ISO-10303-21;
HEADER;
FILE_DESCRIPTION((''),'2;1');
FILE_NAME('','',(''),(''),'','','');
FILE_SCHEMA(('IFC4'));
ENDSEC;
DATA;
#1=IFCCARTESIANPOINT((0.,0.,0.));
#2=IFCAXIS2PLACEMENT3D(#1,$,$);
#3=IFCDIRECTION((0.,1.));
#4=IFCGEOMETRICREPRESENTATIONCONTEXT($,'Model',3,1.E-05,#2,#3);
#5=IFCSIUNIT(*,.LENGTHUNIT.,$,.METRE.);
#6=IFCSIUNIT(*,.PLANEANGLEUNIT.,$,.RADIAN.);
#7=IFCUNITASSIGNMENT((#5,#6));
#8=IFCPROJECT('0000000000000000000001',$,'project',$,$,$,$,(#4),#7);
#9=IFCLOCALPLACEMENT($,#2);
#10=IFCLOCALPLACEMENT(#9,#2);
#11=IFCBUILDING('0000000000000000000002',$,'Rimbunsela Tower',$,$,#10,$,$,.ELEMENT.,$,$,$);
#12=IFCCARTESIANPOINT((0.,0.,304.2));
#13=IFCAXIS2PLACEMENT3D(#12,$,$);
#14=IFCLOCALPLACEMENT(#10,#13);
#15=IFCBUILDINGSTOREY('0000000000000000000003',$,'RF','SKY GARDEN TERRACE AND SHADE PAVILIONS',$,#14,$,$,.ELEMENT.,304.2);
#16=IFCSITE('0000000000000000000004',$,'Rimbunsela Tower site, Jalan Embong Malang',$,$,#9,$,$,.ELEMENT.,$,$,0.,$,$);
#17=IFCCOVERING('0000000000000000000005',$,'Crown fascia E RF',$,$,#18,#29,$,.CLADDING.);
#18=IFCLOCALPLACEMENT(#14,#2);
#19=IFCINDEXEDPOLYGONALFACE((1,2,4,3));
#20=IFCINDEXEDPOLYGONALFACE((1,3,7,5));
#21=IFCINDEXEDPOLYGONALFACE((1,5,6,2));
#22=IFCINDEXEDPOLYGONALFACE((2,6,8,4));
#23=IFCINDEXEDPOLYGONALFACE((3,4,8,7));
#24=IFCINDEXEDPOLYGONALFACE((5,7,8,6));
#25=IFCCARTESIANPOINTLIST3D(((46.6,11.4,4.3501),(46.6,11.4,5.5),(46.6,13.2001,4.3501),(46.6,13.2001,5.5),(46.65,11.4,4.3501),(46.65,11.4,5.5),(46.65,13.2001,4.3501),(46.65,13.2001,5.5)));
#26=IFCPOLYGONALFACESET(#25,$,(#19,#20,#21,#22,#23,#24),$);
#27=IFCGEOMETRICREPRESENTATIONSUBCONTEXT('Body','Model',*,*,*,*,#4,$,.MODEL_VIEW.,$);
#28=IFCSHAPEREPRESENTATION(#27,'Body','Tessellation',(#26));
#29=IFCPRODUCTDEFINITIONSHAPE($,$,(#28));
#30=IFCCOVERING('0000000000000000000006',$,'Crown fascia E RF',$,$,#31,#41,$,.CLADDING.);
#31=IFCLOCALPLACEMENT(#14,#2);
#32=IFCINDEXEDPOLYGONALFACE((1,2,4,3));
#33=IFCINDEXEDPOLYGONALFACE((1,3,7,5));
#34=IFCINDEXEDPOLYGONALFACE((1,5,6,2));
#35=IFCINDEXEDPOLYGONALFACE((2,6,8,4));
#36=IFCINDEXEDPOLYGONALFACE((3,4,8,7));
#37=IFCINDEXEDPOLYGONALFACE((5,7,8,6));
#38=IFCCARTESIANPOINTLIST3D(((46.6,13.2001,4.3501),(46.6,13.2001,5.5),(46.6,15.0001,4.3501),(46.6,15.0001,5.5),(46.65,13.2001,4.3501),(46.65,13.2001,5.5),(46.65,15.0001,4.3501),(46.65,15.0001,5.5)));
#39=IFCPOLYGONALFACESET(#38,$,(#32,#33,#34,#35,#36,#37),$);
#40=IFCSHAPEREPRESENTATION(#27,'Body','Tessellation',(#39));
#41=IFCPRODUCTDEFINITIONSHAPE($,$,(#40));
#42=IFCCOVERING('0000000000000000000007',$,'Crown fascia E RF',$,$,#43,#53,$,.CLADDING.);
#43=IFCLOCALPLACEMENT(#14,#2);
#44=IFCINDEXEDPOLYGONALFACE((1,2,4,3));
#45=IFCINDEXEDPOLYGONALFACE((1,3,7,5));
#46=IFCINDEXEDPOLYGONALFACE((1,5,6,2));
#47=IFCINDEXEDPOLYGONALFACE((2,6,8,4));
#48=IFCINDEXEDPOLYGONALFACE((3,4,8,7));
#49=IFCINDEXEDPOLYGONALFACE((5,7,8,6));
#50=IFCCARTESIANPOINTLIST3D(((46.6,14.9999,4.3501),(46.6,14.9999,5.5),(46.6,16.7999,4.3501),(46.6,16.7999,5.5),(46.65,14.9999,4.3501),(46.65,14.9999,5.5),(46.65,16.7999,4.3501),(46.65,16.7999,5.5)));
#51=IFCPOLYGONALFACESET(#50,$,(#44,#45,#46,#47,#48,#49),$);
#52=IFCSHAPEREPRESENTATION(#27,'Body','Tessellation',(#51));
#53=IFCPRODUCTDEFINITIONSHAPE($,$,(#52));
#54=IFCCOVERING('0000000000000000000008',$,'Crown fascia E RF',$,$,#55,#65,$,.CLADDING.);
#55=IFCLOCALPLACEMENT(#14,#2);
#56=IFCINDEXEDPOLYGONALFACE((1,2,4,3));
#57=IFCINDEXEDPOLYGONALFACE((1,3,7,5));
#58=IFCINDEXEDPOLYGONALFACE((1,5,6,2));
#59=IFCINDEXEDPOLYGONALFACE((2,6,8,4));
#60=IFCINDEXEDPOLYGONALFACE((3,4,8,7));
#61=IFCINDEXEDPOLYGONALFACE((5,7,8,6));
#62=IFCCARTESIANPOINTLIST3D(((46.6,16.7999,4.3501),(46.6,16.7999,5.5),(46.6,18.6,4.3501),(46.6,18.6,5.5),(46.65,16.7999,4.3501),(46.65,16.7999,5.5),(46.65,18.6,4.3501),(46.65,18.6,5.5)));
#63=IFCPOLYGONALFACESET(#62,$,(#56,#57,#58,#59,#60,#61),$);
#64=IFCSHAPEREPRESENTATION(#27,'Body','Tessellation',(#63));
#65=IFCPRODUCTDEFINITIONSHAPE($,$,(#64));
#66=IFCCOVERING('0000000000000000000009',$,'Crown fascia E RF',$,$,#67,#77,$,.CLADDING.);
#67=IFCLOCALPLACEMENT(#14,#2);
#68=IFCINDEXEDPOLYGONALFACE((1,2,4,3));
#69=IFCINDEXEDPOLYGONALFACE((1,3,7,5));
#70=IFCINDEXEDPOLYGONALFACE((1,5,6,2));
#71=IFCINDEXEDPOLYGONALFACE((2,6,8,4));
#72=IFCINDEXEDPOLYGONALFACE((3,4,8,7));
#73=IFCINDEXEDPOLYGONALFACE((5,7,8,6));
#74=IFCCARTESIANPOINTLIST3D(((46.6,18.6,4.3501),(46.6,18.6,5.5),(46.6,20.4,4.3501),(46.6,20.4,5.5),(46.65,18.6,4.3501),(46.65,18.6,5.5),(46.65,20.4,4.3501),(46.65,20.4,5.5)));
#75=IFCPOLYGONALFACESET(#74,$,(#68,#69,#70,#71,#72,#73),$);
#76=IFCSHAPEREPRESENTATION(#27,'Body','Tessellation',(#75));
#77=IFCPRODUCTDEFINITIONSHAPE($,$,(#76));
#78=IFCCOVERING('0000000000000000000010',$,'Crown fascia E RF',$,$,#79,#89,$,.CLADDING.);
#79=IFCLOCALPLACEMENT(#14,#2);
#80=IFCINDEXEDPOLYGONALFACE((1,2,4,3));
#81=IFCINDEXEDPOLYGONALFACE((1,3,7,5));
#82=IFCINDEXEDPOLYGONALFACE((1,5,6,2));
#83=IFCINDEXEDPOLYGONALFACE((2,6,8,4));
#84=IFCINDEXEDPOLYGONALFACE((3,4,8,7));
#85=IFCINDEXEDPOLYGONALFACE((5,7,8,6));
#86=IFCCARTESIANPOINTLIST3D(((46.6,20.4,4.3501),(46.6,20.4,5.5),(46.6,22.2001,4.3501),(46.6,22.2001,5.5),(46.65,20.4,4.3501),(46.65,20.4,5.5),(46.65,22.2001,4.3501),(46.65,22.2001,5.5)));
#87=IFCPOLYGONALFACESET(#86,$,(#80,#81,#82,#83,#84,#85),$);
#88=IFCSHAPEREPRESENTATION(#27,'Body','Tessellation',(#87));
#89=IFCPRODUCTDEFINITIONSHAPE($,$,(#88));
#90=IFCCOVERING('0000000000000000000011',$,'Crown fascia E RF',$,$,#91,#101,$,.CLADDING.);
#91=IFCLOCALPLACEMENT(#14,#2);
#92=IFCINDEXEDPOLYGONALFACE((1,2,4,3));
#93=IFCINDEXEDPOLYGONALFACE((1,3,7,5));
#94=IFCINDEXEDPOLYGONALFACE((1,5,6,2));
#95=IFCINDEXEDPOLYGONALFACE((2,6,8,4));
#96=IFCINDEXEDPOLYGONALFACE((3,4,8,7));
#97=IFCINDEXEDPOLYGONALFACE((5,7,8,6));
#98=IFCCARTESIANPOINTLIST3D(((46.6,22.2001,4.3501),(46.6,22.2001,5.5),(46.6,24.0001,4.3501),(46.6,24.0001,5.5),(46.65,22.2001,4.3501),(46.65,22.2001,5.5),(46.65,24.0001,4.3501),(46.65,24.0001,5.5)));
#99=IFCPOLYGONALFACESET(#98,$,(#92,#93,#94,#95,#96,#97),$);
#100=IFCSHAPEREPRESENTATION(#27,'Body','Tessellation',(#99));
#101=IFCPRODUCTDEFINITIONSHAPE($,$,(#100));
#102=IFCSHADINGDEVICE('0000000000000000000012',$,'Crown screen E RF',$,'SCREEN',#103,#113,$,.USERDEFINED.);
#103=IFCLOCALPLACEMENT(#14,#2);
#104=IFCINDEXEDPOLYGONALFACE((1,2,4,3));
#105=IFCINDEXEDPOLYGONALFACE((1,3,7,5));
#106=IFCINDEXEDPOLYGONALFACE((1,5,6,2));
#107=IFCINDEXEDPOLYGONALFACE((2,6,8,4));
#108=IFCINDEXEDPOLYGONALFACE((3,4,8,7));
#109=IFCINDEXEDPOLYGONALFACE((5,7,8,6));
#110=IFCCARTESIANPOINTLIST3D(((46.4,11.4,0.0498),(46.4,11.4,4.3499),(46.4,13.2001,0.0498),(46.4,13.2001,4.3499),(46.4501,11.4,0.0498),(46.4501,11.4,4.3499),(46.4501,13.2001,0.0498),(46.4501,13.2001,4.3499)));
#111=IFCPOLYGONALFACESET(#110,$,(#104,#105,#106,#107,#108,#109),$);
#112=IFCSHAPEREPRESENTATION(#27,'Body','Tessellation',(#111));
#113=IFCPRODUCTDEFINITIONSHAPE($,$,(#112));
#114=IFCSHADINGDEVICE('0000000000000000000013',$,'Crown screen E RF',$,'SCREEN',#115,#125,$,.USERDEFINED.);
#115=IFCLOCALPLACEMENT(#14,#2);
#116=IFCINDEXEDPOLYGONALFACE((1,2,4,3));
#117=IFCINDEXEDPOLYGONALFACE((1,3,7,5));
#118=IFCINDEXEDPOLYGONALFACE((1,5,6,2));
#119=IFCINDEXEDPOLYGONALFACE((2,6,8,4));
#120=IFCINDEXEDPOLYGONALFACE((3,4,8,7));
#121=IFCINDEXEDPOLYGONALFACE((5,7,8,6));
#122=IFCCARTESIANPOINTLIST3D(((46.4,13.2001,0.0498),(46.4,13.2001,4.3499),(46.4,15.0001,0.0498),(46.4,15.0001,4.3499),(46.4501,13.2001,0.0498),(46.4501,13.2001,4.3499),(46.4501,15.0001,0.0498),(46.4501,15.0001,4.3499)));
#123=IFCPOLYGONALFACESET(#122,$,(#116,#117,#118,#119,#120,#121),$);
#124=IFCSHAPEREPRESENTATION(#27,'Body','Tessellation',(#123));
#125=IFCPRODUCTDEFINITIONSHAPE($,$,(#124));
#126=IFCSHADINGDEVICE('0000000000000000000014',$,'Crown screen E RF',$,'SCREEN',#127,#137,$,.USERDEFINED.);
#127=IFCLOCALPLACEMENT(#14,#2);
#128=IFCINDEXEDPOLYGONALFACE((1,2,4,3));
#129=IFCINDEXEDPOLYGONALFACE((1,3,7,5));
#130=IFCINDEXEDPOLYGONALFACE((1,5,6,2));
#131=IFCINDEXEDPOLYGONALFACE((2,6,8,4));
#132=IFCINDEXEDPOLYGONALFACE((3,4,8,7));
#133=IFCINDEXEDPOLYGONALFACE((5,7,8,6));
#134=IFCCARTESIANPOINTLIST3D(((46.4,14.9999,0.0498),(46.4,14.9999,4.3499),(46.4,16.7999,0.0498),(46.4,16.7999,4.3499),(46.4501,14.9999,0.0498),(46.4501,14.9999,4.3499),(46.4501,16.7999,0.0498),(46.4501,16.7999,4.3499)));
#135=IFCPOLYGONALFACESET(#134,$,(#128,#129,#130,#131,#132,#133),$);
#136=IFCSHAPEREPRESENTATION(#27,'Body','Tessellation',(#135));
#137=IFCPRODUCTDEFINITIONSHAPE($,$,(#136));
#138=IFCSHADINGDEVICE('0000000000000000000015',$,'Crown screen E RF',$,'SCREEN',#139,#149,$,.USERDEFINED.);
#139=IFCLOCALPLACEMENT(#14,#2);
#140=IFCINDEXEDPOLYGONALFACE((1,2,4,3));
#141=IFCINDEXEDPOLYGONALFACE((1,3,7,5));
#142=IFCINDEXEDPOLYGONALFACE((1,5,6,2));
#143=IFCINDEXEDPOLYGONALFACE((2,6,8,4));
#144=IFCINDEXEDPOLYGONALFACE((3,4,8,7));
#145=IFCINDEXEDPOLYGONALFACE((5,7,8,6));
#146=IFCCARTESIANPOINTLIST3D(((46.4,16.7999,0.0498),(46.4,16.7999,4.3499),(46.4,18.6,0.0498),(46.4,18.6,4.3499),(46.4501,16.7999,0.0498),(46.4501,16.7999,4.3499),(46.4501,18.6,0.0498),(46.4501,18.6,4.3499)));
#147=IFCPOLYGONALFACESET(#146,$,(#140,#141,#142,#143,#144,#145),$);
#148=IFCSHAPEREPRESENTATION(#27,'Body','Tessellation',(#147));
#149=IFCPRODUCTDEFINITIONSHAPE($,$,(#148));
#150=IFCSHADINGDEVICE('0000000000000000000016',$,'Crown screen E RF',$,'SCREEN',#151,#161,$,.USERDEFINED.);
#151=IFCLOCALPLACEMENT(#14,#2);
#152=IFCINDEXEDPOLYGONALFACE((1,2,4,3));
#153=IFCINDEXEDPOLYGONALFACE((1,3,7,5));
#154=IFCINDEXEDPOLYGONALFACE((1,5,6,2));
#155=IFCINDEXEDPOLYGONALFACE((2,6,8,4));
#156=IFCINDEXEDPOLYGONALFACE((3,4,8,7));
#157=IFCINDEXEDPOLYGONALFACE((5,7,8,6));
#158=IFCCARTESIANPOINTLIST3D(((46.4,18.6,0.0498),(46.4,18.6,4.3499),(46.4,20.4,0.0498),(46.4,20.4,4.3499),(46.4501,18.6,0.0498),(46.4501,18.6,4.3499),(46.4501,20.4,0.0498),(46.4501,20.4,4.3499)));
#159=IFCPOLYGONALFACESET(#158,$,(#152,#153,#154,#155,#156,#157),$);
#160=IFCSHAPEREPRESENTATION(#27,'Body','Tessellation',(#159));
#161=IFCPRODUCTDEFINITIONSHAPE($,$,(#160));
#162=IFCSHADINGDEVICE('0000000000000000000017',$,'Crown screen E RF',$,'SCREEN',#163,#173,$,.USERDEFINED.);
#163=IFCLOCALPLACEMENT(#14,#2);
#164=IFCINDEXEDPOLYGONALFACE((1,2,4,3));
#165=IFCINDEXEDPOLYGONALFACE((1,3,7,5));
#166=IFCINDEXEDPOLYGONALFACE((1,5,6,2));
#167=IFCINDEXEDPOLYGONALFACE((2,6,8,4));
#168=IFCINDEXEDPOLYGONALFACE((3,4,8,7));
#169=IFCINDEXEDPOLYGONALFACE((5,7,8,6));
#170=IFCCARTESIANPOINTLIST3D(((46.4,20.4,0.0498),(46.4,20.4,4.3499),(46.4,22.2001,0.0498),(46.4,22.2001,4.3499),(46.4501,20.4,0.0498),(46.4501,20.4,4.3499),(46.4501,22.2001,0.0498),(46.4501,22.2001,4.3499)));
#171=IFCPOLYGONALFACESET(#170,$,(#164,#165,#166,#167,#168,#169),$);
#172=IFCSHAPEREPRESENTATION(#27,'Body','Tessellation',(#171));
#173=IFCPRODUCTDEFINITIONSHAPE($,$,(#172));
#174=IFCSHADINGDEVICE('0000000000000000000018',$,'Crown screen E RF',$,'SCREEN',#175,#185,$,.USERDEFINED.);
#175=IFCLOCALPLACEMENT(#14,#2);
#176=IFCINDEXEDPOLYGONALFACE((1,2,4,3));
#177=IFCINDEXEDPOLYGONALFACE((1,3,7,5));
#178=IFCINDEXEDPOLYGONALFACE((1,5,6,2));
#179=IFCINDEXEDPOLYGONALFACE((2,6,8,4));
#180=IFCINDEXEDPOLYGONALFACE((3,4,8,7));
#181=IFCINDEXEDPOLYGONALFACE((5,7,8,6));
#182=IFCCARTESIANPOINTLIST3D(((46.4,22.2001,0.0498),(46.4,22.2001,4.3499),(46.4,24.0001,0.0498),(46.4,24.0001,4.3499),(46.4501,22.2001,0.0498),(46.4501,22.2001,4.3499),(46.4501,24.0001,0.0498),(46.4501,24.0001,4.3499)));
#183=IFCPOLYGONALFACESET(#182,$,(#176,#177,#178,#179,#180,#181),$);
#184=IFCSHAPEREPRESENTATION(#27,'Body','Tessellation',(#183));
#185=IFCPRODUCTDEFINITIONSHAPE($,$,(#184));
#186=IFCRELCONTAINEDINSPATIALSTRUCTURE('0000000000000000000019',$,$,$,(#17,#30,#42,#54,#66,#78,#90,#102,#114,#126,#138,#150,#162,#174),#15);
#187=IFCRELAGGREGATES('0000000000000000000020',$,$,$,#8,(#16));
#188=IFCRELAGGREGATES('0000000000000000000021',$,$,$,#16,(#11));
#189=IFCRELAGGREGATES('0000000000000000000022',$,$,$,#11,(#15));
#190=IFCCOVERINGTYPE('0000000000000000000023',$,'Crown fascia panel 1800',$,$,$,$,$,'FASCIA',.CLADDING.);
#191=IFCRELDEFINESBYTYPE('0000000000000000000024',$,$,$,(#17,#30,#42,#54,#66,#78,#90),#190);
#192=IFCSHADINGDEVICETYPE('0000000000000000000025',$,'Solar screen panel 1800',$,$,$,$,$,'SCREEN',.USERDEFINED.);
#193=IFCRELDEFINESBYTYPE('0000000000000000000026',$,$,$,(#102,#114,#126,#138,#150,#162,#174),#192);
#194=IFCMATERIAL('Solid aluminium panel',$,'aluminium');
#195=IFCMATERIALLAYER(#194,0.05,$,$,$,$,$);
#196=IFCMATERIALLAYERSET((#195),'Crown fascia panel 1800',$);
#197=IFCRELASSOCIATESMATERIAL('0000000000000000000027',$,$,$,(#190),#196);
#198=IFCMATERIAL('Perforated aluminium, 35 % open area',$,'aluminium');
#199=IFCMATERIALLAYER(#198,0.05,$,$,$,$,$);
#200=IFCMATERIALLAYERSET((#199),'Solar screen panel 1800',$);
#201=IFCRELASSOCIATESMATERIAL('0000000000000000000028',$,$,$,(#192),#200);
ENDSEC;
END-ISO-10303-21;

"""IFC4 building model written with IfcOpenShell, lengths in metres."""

from ifc_helpers import new_model, si_unit, direction, frame, origin, origin_2d, place, context, subcontext, project, spatial, rectangle, extrude, material, layer, layer_set, type_object, element, save


model = new_model("IFC4")

# Units and contexts
model_context = context("Model", 3, precision=1e-05, world=origin(), true_north=direction((0.0, 1.0)))
body_context = subcontext(model_context, "Body", "Model", "MODEL_VIEW")
ifc_project = project(units=[si_unit("LENGTHUNIT", "METRE"), si_unit("PLANEANGLEUNIT", "RADIAN")], contexts=[model_context])

# Site, building, storey
site_placement = place(None, origin())
site = spatial("IfcSite", under=ifc_project, at=site_placement, Name="Rimbunsela Tower site, Jalan Embong Malang", CompositionType="ELEMENT", RefElevation=0.0)
building_placement = place(site_placement, origin())
building = spatial("IfcBuilding", under=site, at=building_placement, Name="Rimbunsela Tower", CompositionType="ELEMENT")
storey_placement = place(building_placement, frame((0.0, 0.0, 304.2)))
storey = spatial("IfcBuildingStorey", under=building, at=storey_placement, Name="RF", Description="SKY GARDEN TERRACE AND SHADE PAVILIONS", CompositionType="ELEMENT", Elevation=304.2)

# Coverings
ifc_material_1 = material(Name="Solid aluminium panel", Category="aluminium")
ifc_layer_1 = layer(ifc_material_1, 0.05)
ifc_layer_set_1 = layer_set([ifc_layer_1], Name="Crown fascia panel 1800")
covering_type = type_object("IfcCoveringType", Name="Crown fascia panel 1800", ElementType="FASCIA", PredefinedType="CLADDING", material=ifc_layer_set_1)
for number, where, z_axis, x_axis, name in (
    (1, (46.625, 12.3, 4.3501), (0.0, 0.0, 1.0), (0.0, 1.0, 0.0), "Crown fascia E RF"),
    (2, (46.625, 14.1001, 4.3501), (0.0, 0.0, 1.0), (0.0, 1.0, 0.0), "Crown fascia E RF"),
    (3, (46.625, 15.8999, 4.3501), (0.0, 0.0, 1.0), (0.0, 1.0, 0.0), "Crown fascia E RF"),
    (4, (46.625, 17.7, 4.3501), (0.0, 0.0, 1.0), (0.0, 1.0, 0.0), "Crown fascia E RF"),
    (5, (46.625, 19.5, 4.3501), (0.0, 0.0, 1.0), (0.0, 1.0, 0.0), "Crown fascia E RF"),
    (6, (46.625, 21.3, 4.3501), (0.0, 0.0, 1.0), (0.0, 1.0, 0.0), "Crown fascia E RF"),
    (7, (46.625, 23.1001, 4.3501), (0.0, 0.0, 1.0), (0.0, 1.0, 0.0), "Crown fascia E RF"),
):
    element("IfcCovering", number, at=place(storey_placement, frame(where, z_axis=z_axis, x_axis=x_axis)), inside=storey, type_object=covering_type, Name=name, PredefinedType="CLADDING", context=body_context, shape_type="SweptSolid", body=[
        extrude(rectangle(XDim=1.8, YDim=0.05, at=origin_2d()), origin(), (0.0, 0.0, 1.0), 1.1499),
    ])

# Shading devices
ifc_material_2 = material(Name="Perforated aluminium, 35 % open area", Category="aluminium")
ifc_layer_2 = layer(ifc_material_2, 0.05)
ifc_layer_set_2 = layer_set([ifc_layer_2], Name="Solar screen panel 1800")
shading_device_type = type_object("IfcShadingDeviceType", Name="Solar screen panel 1800", ElementType="SCREEN", PredefinedType="USERDEFINED", material=ifc_layer_set_2)
for number, where, z_axis, x_axis, name in (
    (8, (46.425, 12.3, 0.0498), (0.0, 0.0, 1.0), (0.0, 1.0, 0.0), "Crown screen E RF"),
    (9, (46.425, 14.1001, 0.0498), (0.0, 0.0, 1.0), (0.0, 1.0, 0.0), "Crown screen E RF"),
    (10, (46.425, 15.8999, 0.0498), (0.0, 0.0, 1.0), (0.0, 1.0, 0.0), "Crown screen E RF"),
    (11, (46.425, 17.7, 0.0498), (0.0, 0.0, 1.0), (0.0, 1.0, 0.0), "Crown screen E RF"),
    (12, (46.425, 19.5, 0.0498), (0.0, 0.0, 1.0), (0.0, 1.0, 0.0), "Crown screen E RF"),
    (13, (46.425, 21.3, 0.0498), (0.0, 0.0, 1.0), (0.0, 1.0, 0.0), "Crown screen E RF"),
    (14, (46.425, 23.1001, 0.0498), (0.0, 0.0, 1.0), (0.0, 1.0, 0.0), "Crown screen E RF"),
):
    element("IfcShadingDevice", number, at=place(storey_placement, frame(where, z_axis=z_axis, x_axis=x_axis)), inside=storey, type_object=shading_device_type, Name=name, ObjectType="SCREEN", PredefinedType="USERDEFINED", context=body_context, shape_type="SweptSolid", body=[
        extrude(rectangle(XDim=1.8, YDim=0.05, at=origin_2d()), origin(), (0.0, 0.0, 1.0), 4.3),
    ])

save(model, "model.ifc")
